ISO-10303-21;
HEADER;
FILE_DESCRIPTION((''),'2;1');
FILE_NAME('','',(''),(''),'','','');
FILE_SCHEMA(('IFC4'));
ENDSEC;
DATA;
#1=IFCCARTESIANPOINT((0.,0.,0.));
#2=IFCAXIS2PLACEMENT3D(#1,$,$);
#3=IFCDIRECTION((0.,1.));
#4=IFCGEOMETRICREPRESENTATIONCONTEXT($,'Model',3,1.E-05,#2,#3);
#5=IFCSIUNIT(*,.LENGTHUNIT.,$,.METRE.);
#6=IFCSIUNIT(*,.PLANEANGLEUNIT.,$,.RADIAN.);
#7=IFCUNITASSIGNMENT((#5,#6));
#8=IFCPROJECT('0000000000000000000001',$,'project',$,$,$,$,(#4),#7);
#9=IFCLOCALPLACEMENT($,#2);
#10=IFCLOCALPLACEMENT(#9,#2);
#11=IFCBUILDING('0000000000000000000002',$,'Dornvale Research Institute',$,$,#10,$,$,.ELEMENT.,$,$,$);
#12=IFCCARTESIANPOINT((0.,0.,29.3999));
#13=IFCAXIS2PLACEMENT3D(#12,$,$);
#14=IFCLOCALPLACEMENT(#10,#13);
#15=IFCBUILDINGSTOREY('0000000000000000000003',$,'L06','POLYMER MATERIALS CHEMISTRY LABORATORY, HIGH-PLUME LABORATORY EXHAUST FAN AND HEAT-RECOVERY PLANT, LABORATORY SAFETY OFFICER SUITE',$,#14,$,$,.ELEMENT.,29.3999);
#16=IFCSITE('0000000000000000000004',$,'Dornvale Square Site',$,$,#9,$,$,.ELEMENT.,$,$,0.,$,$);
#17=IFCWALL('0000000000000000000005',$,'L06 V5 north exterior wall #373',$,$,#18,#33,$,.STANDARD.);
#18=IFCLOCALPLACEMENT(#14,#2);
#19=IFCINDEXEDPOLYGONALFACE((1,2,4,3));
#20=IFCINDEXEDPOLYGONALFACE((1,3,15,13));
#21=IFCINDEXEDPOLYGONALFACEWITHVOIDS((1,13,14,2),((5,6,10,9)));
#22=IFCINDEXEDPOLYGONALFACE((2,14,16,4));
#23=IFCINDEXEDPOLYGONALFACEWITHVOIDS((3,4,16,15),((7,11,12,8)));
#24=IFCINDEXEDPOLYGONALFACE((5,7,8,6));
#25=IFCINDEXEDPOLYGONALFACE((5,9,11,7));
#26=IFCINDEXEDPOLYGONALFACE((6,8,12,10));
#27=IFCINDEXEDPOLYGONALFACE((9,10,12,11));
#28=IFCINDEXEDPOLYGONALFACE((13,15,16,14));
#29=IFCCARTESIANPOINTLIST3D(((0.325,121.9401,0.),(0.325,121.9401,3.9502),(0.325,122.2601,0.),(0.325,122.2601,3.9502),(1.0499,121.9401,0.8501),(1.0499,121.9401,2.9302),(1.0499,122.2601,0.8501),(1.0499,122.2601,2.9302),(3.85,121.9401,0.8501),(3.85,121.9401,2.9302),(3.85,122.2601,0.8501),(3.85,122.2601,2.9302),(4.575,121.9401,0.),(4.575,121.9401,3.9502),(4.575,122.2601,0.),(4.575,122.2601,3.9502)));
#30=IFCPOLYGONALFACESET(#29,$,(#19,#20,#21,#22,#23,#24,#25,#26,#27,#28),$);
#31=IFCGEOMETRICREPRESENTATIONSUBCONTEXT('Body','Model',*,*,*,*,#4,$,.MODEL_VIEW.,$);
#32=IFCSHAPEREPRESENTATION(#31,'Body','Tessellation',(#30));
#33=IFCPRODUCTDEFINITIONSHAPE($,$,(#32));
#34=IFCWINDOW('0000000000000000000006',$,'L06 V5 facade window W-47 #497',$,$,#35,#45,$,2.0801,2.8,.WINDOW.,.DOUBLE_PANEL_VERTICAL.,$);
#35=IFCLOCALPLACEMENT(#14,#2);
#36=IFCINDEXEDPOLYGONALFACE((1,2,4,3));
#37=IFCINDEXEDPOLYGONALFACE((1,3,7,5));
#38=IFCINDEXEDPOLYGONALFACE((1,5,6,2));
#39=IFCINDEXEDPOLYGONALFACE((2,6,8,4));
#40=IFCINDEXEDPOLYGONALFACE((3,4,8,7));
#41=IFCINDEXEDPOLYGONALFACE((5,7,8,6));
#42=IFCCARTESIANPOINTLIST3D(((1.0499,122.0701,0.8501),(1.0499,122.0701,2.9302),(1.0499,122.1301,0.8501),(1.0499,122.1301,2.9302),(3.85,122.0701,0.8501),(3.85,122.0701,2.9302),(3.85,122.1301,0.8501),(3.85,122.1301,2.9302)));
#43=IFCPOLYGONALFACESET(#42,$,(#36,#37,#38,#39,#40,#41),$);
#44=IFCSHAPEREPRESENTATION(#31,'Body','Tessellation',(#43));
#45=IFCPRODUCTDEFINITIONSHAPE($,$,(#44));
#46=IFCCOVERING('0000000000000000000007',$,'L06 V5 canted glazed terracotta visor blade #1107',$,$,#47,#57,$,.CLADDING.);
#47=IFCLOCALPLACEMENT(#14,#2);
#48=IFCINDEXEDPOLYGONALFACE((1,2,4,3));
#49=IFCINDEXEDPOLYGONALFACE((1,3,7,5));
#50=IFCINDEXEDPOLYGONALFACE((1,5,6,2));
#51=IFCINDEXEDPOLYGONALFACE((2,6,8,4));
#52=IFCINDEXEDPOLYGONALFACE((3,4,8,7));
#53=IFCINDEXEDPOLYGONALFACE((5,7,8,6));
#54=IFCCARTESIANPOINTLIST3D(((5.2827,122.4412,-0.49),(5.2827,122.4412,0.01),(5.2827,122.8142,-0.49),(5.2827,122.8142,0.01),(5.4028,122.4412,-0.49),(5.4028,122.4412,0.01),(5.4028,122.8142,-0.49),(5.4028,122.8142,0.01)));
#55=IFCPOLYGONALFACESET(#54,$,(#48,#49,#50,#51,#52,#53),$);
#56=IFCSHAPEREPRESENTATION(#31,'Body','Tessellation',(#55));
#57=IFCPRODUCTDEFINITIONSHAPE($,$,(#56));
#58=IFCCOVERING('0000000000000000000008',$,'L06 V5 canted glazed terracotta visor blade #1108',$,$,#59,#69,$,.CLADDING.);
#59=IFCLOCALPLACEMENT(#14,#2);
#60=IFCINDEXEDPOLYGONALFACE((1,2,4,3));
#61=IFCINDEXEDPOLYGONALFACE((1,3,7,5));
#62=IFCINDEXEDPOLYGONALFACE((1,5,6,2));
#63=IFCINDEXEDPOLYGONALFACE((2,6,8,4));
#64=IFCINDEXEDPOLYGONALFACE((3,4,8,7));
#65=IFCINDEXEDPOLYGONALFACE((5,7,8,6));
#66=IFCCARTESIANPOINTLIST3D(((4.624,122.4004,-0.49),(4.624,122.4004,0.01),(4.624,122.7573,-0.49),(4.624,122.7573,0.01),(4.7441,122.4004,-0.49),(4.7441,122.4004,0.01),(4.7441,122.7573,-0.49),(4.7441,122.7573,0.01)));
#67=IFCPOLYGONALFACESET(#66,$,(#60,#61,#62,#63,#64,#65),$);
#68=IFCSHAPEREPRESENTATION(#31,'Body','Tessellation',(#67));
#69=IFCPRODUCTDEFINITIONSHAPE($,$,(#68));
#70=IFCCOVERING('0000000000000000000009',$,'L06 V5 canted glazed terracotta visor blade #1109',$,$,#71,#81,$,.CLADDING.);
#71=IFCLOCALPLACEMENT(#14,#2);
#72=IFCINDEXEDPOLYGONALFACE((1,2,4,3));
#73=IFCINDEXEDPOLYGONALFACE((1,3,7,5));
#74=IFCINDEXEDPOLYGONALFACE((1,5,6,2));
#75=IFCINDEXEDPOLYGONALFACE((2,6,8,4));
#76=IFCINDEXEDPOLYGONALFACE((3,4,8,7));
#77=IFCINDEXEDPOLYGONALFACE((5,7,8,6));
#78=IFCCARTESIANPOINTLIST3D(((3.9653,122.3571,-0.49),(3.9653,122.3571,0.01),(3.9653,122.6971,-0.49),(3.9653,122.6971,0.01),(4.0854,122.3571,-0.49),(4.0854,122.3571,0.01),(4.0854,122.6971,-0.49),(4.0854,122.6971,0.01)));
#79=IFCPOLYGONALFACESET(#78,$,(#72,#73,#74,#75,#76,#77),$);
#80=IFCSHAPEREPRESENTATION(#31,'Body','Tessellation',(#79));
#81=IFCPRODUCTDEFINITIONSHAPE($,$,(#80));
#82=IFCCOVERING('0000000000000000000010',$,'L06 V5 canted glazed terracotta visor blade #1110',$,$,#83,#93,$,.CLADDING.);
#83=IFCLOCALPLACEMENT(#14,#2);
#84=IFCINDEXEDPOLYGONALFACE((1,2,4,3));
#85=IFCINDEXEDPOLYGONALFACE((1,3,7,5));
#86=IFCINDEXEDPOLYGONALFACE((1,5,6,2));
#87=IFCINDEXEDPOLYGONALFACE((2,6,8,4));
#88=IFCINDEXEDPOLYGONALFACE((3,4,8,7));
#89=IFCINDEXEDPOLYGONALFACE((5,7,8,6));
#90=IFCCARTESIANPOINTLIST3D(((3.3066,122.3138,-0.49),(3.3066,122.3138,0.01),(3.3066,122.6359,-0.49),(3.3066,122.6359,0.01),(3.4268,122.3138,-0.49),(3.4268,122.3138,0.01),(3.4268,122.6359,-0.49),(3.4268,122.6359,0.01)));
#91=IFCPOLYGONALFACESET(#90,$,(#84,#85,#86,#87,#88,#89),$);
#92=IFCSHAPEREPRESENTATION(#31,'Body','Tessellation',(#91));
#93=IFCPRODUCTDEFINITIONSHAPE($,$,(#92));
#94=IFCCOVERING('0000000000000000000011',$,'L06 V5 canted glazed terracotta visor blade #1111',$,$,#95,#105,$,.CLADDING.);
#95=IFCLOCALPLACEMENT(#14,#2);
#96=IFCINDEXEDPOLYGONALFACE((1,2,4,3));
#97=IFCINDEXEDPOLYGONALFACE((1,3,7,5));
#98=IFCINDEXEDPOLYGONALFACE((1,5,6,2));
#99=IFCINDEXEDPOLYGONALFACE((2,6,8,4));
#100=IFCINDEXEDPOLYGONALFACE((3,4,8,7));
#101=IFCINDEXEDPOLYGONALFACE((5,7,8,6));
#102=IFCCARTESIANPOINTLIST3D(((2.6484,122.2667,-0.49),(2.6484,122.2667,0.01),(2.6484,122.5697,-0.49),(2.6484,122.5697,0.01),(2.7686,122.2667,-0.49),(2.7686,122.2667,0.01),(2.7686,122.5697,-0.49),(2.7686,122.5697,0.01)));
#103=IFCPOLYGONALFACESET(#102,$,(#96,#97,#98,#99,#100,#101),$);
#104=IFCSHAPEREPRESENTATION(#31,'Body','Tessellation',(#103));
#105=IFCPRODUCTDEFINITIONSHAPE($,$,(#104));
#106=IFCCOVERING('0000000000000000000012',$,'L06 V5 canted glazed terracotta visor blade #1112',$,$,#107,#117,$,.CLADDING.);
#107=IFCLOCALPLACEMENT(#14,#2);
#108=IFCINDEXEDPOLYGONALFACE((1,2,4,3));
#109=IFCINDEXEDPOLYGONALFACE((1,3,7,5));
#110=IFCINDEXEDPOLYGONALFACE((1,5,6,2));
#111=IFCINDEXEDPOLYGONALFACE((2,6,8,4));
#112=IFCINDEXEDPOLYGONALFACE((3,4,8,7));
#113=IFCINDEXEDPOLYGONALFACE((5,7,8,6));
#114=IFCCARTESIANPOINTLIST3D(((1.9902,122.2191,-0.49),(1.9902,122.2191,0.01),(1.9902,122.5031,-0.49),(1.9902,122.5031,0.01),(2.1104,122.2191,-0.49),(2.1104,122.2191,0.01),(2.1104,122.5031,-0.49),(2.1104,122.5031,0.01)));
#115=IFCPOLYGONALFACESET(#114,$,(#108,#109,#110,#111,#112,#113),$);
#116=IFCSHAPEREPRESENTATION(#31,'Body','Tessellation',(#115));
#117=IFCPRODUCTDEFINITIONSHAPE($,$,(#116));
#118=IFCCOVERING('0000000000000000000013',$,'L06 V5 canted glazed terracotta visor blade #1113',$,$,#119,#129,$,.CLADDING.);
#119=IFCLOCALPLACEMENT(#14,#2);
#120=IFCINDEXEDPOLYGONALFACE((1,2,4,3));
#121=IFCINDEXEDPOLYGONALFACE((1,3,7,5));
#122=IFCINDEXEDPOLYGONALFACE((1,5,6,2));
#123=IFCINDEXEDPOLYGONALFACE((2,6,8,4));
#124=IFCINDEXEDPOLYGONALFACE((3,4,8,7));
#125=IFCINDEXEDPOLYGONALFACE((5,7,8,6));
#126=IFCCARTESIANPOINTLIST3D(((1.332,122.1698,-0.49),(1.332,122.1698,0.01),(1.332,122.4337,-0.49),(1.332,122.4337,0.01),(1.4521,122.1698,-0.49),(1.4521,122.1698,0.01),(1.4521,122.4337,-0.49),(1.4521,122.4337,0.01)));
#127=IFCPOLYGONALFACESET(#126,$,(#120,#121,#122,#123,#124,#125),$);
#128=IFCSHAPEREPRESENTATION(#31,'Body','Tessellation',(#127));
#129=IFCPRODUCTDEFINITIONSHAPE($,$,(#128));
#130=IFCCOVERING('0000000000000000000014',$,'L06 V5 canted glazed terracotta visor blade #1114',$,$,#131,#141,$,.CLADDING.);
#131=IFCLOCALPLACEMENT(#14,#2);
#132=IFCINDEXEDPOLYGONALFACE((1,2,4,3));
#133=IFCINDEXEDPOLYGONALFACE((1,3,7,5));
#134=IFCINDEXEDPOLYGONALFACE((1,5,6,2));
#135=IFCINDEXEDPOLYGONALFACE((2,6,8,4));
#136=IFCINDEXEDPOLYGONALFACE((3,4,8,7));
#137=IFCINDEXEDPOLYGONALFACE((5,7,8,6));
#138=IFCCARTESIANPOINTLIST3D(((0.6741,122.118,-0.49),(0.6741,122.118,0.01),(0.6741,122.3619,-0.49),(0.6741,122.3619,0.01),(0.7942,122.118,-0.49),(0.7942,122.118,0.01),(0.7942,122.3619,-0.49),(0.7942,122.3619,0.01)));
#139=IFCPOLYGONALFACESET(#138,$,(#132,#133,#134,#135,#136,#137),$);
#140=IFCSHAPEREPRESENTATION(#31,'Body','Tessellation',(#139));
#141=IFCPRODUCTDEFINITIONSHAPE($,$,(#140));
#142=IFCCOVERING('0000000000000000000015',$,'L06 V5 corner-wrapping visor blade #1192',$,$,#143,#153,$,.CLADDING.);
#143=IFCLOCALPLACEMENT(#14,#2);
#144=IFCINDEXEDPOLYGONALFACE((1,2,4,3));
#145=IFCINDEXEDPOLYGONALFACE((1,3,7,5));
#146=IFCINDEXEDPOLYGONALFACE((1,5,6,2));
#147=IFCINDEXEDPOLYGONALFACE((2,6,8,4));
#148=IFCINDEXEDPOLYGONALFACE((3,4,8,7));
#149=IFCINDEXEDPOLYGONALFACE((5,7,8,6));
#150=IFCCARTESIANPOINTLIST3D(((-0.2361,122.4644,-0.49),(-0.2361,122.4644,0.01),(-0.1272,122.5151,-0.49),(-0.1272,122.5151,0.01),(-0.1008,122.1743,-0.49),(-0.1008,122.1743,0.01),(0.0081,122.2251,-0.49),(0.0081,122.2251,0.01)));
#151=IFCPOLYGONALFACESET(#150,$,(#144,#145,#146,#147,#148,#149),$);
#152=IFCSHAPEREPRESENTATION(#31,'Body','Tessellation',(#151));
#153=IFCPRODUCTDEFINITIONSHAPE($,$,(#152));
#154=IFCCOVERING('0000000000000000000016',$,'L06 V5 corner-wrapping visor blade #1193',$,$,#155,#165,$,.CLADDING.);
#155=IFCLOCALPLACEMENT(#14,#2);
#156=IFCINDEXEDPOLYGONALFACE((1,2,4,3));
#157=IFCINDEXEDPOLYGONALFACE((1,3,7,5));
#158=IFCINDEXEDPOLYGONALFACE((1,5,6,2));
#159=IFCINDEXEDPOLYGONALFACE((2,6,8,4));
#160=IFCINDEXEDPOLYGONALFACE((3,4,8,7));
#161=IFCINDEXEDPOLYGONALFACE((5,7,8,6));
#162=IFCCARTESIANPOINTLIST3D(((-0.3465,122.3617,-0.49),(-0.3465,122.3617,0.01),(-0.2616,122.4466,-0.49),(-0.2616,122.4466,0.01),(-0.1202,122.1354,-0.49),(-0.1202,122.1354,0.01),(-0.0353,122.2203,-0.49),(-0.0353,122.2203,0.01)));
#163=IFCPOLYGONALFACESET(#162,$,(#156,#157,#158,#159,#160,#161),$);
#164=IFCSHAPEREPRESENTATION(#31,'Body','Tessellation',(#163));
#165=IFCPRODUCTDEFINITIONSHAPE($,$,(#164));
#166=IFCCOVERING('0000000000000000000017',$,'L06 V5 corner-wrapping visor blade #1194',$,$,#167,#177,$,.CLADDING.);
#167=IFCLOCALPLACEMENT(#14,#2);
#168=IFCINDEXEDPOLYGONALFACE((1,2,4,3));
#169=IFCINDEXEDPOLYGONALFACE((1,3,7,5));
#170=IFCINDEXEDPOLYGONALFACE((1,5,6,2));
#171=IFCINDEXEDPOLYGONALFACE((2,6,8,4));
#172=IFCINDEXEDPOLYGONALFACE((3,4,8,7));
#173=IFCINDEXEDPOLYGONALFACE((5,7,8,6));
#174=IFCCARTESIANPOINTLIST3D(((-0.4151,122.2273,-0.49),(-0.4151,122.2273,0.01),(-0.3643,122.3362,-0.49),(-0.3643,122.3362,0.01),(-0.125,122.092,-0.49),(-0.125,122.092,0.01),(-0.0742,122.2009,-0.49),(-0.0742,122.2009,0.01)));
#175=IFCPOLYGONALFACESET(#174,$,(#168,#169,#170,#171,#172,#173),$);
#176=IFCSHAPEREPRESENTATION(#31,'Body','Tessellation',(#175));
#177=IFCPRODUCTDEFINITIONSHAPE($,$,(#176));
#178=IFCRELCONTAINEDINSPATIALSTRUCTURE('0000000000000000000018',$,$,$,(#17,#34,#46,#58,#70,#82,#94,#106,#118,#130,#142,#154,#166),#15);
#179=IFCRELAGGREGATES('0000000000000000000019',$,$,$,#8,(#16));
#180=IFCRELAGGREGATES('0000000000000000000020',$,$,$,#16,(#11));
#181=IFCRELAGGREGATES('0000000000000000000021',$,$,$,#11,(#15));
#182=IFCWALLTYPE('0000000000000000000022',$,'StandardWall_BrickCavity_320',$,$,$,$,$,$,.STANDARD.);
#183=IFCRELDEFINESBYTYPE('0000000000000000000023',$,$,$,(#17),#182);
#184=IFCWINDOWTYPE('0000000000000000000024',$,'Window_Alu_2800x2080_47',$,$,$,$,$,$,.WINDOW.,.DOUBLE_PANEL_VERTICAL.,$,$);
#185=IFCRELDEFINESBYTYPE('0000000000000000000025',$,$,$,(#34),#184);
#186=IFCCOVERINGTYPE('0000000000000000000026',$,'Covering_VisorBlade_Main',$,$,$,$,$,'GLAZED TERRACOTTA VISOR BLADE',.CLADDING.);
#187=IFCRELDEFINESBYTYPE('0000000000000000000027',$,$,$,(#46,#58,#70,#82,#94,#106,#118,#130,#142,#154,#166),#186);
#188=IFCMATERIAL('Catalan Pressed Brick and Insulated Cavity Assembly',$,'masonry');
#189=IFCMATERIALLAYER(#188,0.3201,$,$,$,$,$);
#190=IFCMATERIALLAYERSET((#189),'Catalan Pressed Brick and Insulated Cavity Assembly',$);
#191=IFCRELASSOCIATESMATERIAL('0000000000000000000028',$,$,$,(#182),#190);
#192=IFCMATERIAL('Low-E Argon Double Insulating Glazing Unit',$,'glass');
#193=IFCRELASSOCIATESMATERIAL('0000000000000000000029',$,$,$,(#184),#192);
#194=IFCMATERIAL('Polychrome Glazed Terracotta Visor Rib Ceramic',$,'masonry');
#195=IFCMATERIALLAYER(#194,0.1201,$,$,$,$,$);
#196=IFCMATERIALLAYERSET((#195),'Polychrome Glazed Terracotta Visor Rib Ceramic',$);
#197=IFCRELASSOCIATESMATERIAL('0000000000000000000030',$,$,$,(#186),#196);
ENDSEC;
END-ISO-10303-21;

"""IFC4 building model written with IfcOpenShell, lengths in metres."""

from ifc_helpers import new_model, si_unit, direction, frame, frame_2d, origin, origin_2d, place, context, subcontext, project, spatial, rectangle, extrude, material, layer, layer_set, type_object, element, fill, save


model = new_model("IFC4")

# Units and contexts
model_context = context("Model", 3, precision=1e-05, world=origin(), true_north=direction((0.0, 1.0)))
body_context = subcontext(model_context, "Body", "Model", "MODEL_VIEW")
ifc_project = project(units=[si_unit("LENGTHUNIT", "METRE"), si_unit("PLANEANGLEUNIT", "RADIAN")], contexts=[model_context])

# Site, building, storey
site_placement = place(None, origin())
site = spatial("IfcSite", under=ifc_project, at=site_placement, Name="Dornvale Square Site", CompositionType="ELEMENT", RefElevation=0.0)
building_placement = place(site_placement, origin())
building = spatial("IfcBuilding", under=site, at=building_placement, Name="Dornvale Research Institute", CompositionType="ELEMENT")
storey_placement = place(building_placement, frame((0.0, 0.0, 29.3999)))
storey = spatial("IfcBuildingStorey", under=building, at=storey_placement, Name="L06", Description="POLYMER MATERIALS CHEMISTRY LABORATORY, HIGH-PLUME LABORATORY EXHAUST FAN AND HEAT-RECOVERY PLANT, LABORATORY SAFETY OFFICER SUITE", CompositionType="ELEMENT", Elevation=29.3999)

# Wall, opening, window
ifc_material_1 = material(Name="Catalan Pressed Brick and Insulated Cavity Assembly", Category="masonry")
ifc_layer_1 = layer(ifc_material_1, 0.3201)
ifc_layer_set_1 = layer_set([ifc_layer_1], Name="Catalan Pressed Brick and Insulated Cavity Assembly")
wall_type = type_object("IfcWallType", Name="StandardWall_BrickCavity_320", PredefinedType="STANDARD", material=ifc_layer_set_1)
wall_placement = place(storey_placement, frame((0.325, 122.1001, 0.0), z_axis=(0.0, 0.0, 1.0), x_axis=(1.0, 0.0, 0.0)))
wall = element("IfcWall", 1, at=wall_placement, inside=storey, type_object=wall_type, Name="L06 V5 north exterior wall #373", PredefinedType="STANDARD", context=body_context, shape_type="SweptSolid", body=[
    extrude(rectangle(XDim=4.25, YDim=0.3201, at=frame_2d((2.125, 0.0))), origin(), (0.0, 0.0, 1.0), 3.9502),
])
opening_placement = place(wall_placement, frame((0.7251, 0.0, 0.8501)))
opening = element("IfcOpeningElement", 2, at=opening_placement, cuts=wall, PredefinedType="OPENING", context=body_context, shape_type="SweptSolid", body=[
    extrude(rectangle(XDim=2.8, YDim=2.0801, at=frame_2d((1.3999, 1.04))), frame((0.0, 0.175, 0.0), z_axis=(0.0, -1.0, 0.0), x_axis=(1.0, 0.0, 0.0)), (0.0, 0.0, 1.0), 0.3501),
])
ifc_material_2 = material(Name="Low-E Argon Double Insulating Glazing Unit", Category="glass")
window_type = type_object("IfcWindowType", Name="Window_Alu_2800x2080_47", PartitioningType="DOUBLE_PANEL_VERTICAL", PredefinedType="WINDOW", material=ifc_material_2)
window_placement = place(opening_placement, origin())
window = element("IfcWindow", 3, at=window_placement, inside=storey, type_object=window_type, Name="L06 V5 facade window W-47 #497", OverallHeight=2.0801, OverallWidth=2.8, PartitioningType="DOUBLE_PANEL_VERTICAL", PredefinedType="WINDOW", context=body_context, shape_type="SweptSolid", body=[
    extrude(rectangle(XDim=2.8, YDim=2.0801, at=frame_2d((1.3999, 1.04))), frame((0.0, 0.03, 0.0), z_axis=(0.0, -1.0, 0.0), x_axis=(1.0, 0.0, 0.0)), (0.0, 0.0, 1.0), 0.0601),
])
fill(opening, window)

# Coverings
ifc_material_3 = material(Name="Polychrome Glazed Terracotta Visor Rib Ceramic", Category="masonry")
ifc_layer_2 = layer(ifc_material_3, 0.1201)
ifc_layer_set_2 = layer_set([ifc_layer_2], Name="Polychrome Glazed Terracotta Visor Rib Ceramic")
covering_type = type_object("IfcCoveringType", Name="Covering_VisorBlade_Main", ElementType="GLAZED TERRACOTTA VISOR BLADE", PredefinedType="CLADDING", material=ifc_layer_set_2)
covering_1_placement = place(storey_placement, frame((5.3428, 122.6277, -0.49), z_axis=(0.0, 0.0, 1.0), x_axis=(0.0, 1.0, 0.0)))
element("IfcCovering", 4, at=covering_1_placement, inside=storey, type_object=covering_type, Name="L06 V5 canted glazed terracotta visor blade #1107", PredefinedType="CLADDING", context=body_context, shape_type="SweptSolid", body=[
    extrude(rectangle(XDim=0.373, YDim=0.1201, at=origin_2d()), origin(), (0.0, 0.0, 1.0), 0.5),
])
covering_2_placement = place(storey_placement, frame((4.6841, 122.5789, -0.49), z_axis=(0.0, 0.0, 1.0), x_axis=(0.0, 1.0, 0.0)))
element("IfcCovering", 5, at=covering_2_placement, inside=storey, type_object=covering_type, Name="L06 V5 canted glazed terracotta visor blade #1108", PredefinedType="CLADDING", context=body_context, shape_type="SweptSolid", body=[
    extrude(rectangle(XDim=0.3569, YDim=0.1201, at=origin_2d()), origin(), (0.0, 0.0, 1.0), 0.5),
])
covering_3_placement = place(storey_placement, frame((4.0254, 122.5271, -0.49), z_axis=(0.0, 0.0, 1.0), x_axis=(0.0, 1.0, 0.0)))
element("IfcCovering", 6, at=covering_3_placement, inside=storey, type_object=covering_type, Name="L06 V5 canted glazed terracotta visor blade #1109", PredefinedType="CLADDING", context=body_context, shape_type="SweptSolid", body=[
    extrude(rectangle(XDim=0.3401, YDim=0.1201, at=origin_2d()), origin(), (0.0, 0.0, 1.0), 0.5),
])
covering_4_placement = place(storey_placement, frame((3.3667, 122.4749, -0.49), z_axis=(0.0, 0.0, 1.0), x_axis=(0.0, 1.0, 0.0)))
element("IfcCovering", 7, at=covering_4_placement, inside=storey, type_object=covering_type, Name="L06 V5 canted glazed terracotta visor blade #1110", PredefinedType="CLADDING", context=body_context, shape_type="SweptSolid", body=[
    extrude(rectangle(XDim=0.322, YDim=0.1201, at=origin_2d()), origin(), (0.0, 0.0, 1.0), 0.5),
])
covering_5_placement = place(storey_placement, frame((2.7085, 122.4182, -0.49), z_axis=(0.0, 0.0, 1.0), x_axis=(0.0, 1.0, 0.0)))
element("IfcCovering", 8, at=covering_5_placement, inside=storey, type_object=covering_type, Name="L06 V5 canted glazed terracotta visor blade #1111", PredefinedType="CLADDING", context=body_context, shape_type="SweptSolid", body=[
    extrude(rectangle(XDim=0.303, YDim=0.1201, at=origin_2d()), origin(), (0.0, 0.0, 1.0), 0.5),
])
covering_6_placement = place(storey_placement, frame((2.0503, 122.3611, -0.49), z_axis=(0.0, 0.0, 1.0), x_axis=(0.0, 1.0, 0.0)))
element("IfcCovering", 9, at=covering_6_placement, inside=storey, type_object=covering_type, Name="L06 V5 canted glazed terracotta visor blade #1112", PredefinedType="CLADDING", context=body_context, shape_type="SweptSolid", body=[
    extrude(rectangle(XDim=0.2839, YDim=0.1201, at=origin_2d()), origin(), (0.0, 0.0, 1.0), 0.5),
])
covering_7_placement = place(storey_placement, frame((1.3921, 122.3018, -0.49), z_axis=(0.0, 0.0, 1.0), x_axis=(0.0, 1.0, 0.0)))
element("IfcCovering", 10, at=covering_7_placement, inside=storey, type_object=covering_type, Name="L06 V5 canted glazed terracotta visor blade #1113", PredefinedType="CLADDING", context=body_context, shape_type="SweptSolid", body=[
    extrude(rectangle(XDim=0.2639, YDim=0.1201, at=origin_2d()), origin(), (0.0, 0.0, 1.0), 0.5),
])
covering_8_placement = place(storey_placement, frame((0.7341, 122.24, -0.49), z_axis=(0.0, 0.0, 1.0), x_axis=(0.0, 1.0, 0.0)))
element("IfcCovering", 11, at=covering_8_placement, inside=storey, type_object=covering_type, Name="L06 V5 canted glazed terracotta visor blade #1114", PredefinedType="CLADDING", context=body_context, shape_type="SweptSolid", body=[
    extrude(rectangle(XDim=0.2439, YDim=0.1201, at=origin_2d()), origin(), (0.0, 0.0, 1.0), 0.5),
])
for number, where, z_axis, x_axis, name in (
    (12, (-0.114, 122.3447, -0.49), (0.0, 0.0, 1.0), (-0.422618, 0.906308, 0.0), "L06 V5 corner-wrapping visor blade #1192"),
    (13, (-0.1909, 122.291, -0.49), (0.0, 0.0, 1.0), (-0.707107, 0.707107, 0.0), "L06 V5 corner-wrapping visor blade #1193"),
    (14, (-0.2446, 122.2141, -0.49), (0.0, 0.0, 1.0), (-0.906308, 0.422618, 0.0), "L06 V5 corner-wrapping visor blade #1194"),
):
    element("IfcCovering", number, at=place(storey_placement, frame(where, z_axis=z_axis, x_axis=x_axis)), inside=storey, type_object=covering_type, Name=name, PredefinedType="CLADDING", context=body_context, shape_type="SweptSolid", body=[
        extrude(rectangle(XDim=0.3201, YDim=0.1201, at=origin_2d()), origin(), (0.0, 0.0, 1.0), 0.5),
    ])

save(model, "model.ifc")
